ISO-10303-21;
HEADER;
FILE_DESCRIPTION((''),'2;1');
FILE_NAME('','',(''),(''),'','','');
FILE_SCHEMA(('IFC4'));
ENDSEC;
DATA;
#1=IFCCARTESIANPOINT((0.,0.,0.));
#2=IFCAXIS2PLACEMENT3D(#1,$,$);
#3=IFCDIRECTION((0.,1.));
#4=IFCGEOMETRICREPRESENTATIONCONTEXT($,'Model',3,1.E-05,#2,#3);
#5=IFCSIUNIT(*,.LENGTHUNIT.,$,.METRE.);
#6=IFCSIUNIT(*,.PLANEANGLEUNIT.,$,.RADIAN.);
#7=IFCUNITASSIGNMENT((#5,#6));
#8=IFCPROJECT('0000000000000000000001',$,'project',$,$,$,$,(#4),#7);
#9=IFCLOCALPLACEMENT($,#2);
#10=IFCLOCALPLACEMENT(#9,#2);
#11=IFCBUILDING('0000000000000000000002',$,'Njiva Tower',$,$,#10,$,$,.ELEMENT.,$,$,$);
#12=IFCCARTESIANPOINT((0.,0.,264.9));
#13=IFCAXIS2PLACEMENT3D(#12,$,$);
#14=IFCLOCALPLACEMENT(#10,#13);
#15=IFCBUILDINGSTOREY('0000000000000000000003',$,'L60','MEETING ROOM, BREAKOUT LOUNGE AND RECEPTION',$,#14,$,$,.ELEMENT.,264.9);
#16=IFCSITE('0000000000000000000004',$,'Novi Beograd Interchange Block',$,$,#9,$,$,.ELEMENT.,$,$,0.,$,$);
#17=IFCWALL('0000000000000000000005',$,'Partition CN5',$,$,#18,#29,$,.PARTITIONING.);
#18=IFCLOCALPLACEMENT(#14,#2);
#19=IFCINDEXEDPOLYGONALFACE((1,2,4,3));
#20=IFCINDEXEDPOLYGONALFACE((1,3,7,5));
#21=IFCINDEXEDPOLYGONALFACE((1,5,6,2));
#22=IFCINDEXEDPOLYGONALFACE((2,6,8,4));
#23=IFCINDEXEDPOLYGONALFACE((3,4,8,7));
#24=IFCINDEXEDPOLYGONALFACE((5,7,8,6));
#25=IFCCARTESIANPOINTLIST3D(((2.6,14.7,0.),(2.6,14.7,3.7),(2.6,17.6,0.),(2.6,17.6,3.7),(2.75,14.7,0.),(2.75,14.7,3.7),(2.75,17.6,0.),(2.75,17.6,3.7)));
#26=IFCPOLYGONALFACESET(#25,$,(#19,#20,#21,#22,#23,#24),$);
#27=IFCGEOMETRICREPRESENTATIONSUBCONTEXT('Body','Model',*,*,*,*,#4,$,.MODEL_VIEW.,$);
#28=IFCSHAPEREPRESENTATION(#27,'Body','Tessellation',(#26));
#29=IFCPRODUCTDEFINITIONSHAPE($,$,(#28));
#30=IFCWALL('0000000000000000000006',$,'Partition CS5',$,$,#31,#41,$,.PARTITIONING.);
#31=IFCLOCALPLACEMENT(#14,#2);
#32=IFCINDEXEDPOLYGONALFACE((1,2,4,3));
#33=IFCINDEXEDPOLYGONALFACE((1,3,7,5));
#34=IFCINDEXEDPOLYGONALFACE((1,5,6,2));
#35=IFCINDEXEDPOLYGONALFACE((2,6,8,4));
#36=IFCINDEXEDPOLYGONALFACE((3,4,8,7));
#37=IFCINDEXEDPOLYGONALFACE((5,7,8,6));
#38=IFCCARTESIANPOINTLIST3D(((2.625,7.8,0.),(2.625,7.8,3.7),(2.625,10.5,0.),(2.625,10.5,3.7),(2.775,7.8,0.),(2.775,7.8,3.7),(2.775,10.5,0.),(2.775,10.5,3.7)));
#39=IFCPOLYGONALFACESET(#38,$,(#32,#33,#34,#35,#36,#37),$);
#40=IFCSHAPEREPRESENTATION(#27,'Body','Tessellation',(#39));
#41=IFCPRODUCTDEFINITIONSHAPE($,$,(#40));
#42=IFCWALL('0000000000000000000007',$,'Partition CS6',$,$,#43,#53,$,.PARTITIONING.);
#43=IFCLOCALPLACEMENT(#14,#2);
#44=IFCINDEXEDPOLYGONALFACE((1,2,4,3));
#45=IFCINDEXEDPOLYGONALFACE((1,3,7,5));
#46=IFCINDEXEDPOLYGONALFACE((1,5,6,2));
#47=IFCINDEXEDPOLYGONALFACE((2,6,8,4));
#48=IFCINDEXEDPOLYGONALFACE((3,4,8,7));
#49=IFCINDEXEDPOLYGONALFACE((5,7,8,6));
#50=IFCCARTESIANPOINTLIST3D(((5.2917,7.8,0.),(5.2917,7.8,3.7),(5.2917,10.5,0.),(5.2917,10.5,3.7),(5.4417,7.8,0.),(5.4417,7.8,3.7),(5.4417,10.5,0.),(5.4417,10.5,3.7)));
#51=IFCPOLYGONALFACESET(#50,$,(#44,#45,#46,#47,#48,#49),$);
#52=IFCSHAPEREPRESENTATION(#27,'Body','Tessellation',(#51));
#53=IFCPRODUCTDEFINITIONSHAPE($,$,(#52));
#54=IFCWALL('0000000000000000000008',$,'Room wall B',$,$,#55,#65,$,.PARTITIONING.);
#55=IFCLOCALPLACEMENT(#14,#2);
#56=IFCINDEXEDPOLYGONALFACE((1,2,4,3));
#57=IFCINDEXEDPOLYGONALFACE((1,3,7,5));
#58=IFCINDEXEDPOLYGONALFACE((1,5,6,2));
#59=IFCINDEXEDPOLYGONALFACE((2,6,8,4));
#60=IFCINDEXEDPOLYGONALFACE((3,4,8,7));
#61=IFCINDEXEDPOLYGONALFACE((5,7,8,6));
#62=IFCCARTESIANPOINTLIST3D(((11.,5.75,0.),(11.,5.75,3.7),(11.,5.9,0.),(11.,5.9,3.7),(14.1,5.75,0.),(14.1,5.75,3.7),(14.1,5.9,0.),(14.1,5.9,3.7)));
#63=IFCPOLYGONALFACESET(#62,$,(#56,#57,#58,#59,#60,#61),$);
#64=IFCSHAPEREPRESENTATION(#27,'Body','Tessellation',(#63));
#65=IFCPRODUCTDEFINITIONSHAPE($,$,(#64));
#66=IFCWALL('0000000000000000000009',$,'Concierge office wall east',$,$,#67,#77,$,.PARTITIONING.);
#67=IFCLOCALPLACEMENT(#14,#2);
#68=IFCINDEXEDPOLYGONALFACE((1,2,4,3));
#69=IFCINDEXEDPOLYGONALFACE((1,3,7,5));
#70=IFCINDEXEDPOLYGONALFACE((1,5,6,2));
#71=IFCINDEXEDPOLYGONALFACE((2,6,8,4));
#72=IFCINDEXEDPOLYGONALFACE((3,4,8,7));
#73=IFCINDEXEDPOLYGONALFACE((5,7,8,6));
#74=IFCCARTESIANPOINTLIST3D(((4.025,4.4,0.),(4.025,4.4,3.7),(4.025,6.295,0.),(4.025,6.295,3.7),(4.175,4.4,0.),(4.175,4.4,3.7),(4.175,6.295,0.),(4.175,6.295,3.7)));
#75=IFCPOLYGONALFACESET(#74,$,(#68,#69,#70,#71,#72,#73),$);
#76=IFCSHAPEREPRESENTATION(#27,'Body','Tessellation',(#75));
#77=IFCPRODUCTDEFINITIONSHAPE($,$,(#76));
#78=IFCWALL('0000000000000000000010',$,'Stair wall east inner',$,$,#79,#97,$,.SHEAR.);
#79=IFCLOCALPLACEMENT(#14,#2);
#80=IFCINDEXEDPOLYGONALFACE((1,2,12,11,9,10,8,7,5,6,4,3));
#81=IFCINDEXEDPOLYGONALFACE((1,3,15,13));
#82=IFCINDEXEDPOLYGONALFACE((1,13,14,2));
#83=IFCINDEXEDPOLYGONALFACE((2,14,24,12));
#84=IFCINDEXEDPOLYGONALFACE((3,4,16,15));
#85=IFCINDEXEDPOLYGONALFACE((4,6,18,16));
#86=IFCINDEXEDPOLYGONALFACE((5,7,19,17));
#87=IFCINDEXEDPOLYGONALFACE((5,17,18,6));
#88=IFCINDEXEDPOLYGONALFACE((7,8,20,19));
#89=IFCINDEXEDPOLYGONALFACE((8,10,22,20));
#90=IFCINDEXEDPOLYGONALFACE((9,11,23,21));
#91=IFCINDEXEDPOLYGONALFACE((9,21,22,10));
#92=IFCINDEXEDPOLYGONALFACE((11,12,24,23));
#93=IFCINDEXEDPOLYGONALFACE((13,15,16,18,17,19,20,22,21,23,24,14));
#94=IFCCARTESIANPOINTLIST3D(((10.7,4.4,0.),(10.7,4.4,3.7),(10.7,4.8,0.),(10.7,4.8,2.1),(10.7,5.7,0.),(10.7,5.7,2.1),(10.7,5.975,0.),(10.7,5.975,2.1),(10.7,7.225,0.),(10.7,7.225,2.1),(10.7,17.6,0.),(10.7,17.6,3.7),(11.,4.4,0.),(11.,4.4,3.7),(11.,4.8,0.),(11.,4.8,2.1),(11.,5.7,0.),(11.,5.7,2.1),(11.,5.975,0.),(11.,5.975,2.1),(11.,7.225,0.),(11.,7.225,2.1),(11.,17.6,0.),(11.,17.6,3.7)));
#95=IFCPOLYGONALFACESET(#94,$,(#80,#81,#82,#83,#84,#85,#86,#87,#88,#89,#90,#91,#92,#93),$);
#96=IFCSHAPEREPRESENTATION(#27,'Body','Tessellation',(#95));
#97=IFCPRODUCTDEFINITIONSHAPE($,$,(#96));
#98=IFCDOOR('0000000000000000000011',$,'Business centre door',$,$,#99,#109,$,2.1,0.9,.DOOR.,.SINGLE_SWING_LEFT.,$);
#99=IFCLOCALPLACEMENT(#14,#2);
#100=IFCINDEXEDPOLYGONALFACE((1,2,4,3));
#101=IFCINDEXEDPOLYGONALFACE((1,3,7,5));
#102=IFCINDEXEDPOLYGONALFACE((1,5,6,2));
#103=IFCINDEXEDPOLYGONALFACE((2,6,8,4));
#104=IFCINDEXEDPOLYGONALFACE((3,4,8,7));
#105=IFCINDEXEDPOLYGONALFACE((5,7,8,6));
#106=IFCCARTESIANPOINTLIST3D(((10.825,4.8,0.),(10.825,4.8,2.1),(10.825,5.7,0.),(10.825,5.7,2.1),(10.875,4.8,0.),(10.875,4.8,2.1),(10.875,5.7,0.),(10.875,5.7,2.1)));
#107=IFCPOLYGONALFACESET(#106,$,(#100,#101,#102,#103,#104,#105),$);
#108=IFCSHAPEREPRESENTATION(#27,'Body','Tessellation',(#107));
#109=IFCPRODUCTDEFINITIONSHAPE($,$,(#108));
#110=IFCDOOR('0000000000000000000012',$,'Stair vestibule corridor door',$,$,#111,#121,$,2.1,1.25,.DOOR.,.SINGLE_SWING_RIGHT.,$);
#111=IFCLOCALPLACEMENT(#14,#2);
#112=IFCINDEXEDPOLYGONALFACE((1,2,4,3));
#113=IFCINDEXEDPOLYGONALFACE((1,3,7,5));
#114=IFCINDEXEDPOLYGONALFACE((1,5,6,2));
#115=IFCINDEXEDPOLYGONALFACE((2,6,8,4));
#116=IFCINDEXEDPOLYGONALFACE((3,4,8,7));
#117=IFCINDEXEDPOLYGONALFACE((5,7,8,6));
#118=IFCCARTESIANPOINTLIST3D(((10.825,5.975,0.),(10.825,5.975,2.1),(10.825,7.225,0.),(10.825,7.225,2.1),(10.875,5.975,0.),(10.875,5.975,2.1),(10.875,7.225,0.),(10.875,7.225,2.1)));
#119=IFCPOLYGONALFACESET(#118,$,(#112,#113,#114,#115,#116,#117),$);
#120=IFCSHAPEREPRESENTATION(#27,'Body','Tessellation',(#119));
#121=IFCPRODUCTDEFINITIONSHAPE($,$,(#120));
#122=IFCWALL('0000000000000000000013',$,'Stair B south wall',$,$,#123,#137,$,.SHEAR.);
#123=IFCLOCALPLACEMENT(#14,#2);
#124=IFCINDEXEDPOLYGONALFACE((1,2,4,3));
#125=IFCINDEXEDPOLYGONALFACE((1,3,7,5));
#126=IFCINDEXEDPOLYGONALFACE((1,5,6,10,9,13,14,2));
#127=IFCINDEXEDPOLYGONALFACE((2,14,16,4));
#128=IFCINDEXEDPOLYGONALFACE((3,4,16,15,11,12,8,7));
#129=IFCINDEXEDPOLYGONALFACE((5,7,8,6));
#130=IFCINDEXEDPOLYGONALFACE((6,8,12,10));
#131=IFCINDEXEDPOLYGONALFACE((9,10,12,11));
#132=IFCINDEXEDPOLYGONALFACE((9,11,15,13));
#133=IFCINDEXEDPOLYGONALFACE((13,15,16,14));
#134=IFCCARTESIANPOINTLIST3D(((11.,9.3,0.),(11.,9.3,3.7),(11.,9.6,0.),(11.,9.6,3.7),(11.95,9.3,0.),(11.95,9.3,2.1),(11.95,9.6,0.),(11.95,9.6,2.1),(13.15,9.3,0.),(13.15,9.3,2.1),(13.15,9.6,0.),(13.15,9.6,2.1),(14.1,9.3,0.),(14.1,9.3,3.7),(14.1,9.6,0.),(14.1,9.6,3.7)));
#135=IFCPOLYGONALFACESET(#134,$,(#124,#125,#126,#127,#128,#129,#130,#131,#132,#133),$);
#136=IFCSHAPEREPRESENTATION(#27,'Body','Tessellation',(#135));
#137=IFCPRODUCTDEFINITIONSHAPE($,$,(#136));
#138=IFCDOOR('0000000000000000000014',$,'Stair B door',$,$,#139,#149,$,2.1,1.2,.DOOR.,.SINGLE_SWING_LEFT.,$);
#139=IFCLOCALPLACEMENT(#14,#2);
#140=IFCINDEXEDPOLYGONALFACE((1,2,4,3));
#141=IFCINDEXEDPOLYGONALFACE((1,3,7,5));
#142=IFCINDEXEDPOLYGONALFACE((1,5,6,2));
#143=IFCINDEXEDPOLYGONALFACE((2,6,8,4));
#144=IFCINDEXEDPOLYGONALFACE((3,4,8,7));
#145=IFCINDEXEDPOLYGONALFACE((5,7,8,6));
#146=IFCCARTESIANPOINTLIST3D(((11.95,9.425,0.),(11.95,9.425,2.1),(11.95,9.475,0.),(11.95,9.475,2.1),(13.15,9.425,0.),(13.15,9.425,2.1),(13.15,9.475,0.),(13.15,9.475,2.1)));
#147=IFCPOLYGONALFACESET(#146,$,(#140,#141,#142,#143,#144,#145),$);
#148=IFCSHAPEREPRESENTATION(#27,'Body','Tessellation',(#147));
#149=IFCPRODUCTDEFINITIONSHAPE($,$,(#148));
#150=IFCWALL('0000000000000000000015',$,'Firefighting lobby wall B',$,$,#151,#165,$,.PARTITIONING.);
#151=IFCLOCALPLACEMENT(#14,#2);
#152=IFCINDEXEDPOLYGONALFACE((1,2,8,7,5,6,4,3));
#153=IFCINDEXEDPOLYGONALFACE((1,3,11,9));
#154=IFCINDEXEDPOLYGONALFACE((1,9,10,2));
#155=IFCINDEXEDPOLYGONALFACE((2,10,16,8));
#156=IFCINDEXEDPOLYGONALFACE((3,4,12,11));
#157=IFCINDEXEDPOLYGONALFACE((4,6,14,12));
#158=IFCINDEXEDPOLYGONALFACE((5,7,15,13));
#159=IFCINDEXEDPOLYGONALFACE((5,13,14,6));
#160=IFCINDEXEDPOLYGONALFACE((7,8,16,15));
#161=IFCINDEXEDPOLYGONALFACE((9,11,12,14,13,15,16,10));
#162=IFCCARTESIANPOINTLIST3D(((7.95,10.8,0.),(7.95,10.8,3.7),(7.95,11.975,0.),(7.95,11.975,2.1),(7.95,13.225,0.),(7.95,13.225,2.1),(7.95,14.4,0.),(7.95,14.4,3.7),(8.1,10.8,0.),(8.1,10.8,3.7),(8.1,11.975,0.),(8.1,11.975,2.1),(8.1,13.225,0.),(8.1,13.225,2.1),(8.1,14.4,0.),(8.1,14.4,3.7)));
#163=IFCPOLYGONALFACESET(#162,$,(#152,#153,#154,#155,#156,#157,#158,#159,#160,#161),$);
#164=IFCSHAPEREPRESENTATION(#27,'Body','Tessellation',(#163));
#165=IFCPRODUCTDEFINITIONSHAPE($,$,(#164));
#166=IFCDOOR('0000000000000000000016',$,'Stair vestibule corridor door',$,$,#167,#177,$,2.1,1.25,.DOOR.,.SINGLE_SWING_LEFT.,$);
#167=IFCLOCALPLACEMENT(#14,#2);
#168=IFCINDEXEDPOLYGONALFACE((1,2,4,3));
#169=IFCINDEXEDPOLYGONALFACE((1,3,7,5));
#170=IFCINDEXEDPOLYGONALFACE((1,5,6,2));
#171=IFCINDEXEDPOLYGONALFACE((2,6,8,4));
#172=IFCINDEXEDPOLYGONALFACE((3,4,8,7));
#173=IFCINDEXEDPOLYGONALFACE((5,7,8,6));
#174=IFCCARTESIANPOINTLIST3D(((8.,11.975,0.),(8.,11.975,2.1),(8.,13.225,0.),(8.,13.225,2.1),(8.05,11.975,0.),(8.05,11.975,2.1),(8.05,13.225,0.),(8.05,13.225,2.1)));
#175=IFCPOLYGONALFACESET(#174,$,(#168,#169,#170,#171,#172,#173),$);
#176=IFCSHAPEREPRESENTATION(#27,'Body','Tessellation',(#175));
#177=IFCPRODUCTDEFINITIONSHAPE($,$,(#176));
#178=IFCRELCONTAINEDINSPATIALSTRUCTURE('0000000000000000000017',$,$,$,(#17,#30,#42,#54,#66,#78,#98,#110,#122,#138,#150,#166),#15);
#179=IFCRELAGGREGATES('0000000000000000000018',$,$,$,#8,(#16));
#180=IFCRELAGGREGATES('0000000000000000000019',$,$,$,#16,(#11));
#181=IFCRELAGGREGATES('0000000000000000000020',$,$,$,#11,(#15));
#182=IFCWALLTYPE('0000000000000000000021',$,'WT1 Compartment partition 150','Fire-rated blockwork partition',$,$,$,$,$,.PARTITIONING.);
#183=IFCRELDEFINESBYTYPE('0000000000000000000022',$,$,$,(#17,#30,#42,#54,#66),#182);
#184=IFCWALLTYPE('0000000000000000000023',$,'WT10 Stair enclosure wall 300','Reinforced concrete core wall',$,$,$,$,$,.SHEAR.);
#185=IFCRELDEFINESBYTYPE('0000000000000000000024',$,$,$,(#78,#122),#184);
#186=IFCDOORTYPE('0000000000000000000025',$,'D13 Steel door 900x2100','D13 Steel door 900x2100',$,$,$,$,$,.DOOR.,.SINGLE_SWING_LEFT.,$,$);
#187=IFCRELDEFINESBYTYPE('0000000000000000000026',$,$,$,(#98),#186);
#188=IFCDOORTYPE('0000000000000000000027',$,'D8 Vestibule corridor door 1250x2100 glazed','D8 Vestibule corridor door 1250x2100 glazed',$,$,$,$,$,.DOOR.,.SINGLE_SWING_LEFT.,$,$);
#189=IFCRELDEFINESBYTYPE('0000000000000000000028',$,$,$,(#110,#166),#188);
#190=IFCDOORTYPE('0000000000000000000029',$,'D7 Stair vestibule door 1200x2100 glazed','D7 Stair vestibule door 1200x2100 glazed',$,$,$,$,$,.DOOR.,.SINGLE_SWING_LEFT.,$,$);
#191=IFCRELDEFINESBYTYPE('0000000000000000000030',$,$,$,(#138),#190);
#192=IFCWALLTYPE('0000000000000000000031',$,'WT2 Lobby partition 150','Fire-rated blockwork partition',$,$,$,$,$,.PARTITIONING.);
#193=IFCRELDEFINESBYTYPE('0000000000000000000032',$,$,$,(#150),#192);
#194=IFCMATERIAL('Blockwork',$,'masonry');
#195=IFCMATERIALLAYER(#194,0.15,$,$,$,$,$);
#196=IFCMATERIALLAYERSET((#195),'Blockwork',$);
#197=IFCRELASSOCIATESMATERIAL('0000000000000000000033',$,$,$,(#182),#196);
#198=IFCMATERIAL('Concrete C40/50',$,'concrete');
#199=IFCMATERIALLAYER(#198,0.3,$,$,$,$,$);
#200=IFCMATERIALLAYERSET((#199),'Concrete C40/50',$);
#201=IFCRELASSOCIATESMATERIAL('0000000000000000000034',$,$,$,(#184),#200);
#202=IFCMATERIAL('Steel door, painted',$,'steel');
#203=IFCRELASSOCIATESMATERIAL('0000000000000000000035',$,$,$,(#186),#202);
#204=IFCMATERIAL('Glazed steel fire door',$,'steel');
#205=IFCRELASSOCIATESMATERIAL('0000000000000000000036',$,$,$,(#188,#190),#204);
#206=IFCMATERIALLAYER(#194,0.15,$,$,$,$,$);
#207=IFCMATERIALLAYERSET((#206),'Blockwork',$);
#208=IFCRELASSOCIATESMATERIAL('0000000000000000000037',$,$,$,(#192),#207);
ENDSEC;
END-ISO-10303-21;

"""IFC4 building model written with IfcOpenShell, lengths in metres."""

from ifc_helpers import new_model, si_unit, direction, frame, frame_2d, origin, place, context, subcontext, project, spatial, rectangle, extrude, material, layer, layer_set, type_object, element, fill, save


model = new_model("IFC4")

# Units and contexts
model_context = context("Model", 3, precision=1e-05, world=origin(), true_north=direction((0.0, 1.0)))
body_context = subcontext(model_context, "Body", "Model", "MODEL_VIEW")
ifc_project = project(units=[si_unit("LENGTHUNIT", "METRE"), si_unit("PLANEANGLEUNIT", "RADIAN")], contexts=[model_context])

# Site, building, storey
site_placement = place(None, origin())
site = spatial("IfcSite", under=ifc_project, at=site_placement, Name="Novi Beograd Interchange Block", CompositionType="ELEMENT", RefElevation=0.0)
building_placement = place(site_placement, origin())
building = spatial("IfcBuilding", under=site, at=building_placement, Name="Njiva Tower", CompositionType="ELEMENT")
storey_placement = place(building_placement, frame((0.0, 0.0, 264.9)))
storey = spatial("IfcBuildingStorey", under=building, at=storey_placement, Name="L60", Description="MEETING ROOM, BREAKOUT LOUNGE AND RECEPTION", CompositionType="ELEMENT", Elevation=264.9)

# Walls
ifc_material_1 = material(Name="Blockwork", Category="masonry")
ifc_layer_1 = layer(ifc_material_1, 0.15)
ifc_layer_set_1 = layer_set([ifc_layer_1], Name="Blockwork")
wall_type_1 = type_object("IfcWallType", Name="WT1 Compartment partition 150", Description="Fire-rated blockwork partition", PredefinedType="PARTITIONING", material=ifc_layer_set_1)
wall_1_placement = place(storey_placement, frame((2.675, 14.7, 0.0), z_axis=(0.0, 0.0, 1.0), x_axis=(0.0, 1.0, 0.0)))
element("IfcWall", 1, at=wall_1_placement, inside=storey, type_object=wall_type_1, Name="Partition CN5", PredefinedType="PARTITIONING", context=body_context, shape_type="SweptSolid", body=[
    extrude(rectangle(XDim=2.9, YDim=0.15, at=frame_2d((1.45, 0.0))), origin(), (0.0, 0.0, 1.0), 3.7),
])
for number, where, z_axis, x_axis, name in (
    (2, (2.7, 7.8, 0.0), (0.0, 0.0, 1.0), (0.0, 1.0, 0.0), "Partition CS5"),
    (3, (5.3667, 7.8, 0.0), (0.0, 0.0, 1.0), (0.0, 1.0, 0.0), "Partition CS6"),
):
    element("IfcWall", number, at=place(storey_placement, frame(where, z_axis=z_axis, x_axis=x_axis)), inside=storey, type_object=wall_type_1, Name=name, PredefinedType="PARTITIONING", context=body_context, shape_type="SweptSolid", body=[
        extrude(rectangle(XDim=2.7, YDim=0.15, at=frame_2d((1.35, 0.0))), origin(), (0.0, 0.0, 1.0), 3.7),
    ])
wall_2_placement = place(storey_placement, frame((11.0, 5.825, 0.0), z_axis=(0.0, 0.0, 1.0), x_axis=(1.0, 0.0, 0.0)))
element("IfcWall", 4, at=wall_2_placement, inside=storey, type_object=wall_type_1, Name="Room wall B", PredefinedType="PARTITIONING", context=body_context, shape_type="SweptSolid", body=[
    extrude(rectangle(XDim=3.1, YDim=0.15, at=frame_2d((1.55, 0.0))), origin(), (0.0, 0.0, 1.0), 3.7),
])
wall_3_placement = place(storey_placement, frame((4.1, 4.4, 0.0), z_axis=(0.0, 0.0, 1.0), x_axis=(0.0, 1.0, 0.0)))
element("IfcWall", 5, at=wall_3_placement, inside=storey, type_object=wall_type_1, Name="Concierge office wall east", PredefinedType="PARTITIONING", context=body_context, shape_type="SweptSolid", body=[
    extrude(rectangle(XDim=1.895, YDim=0.15, at=frame_2d((0.9475, 0.0))), origin(), (0.0, 0.0, 1.0), 3.7),
])

# Wall, openings, doors
ifc_material_2 = material(Name="Concrete C40/50", Category="concrete")
ifc_layer_2 = layer(ifc_material_2, 0.3)
ifc_layer_set_2 = layer_set([ifc_layer_2], Name="Concrete C40/50")
wall_type_2 = type_object("IfcWallType", Name="WT10 Stair enclosure wall 300", Description="Reinforced concrete core wall", PredefinedType="SHEAR", material=ifc_layer_set_2)
wall_4_placement = place(storey_placement, frame((10.85, 4.4, 0.0), z_axis=(0.0, 0.0, 1.0), x_axis=(0.0, 1.0, 0.0)))
wall_4 = element("IfcWall", 6, at=wall_4_placement, inside=storey, type_object=wall_type_2, Name="Stair wall east inner", PredefinedType="SHEAR", context=body_context, shape_type="SweptSolid", body=[
    extrude(rectangle(XDim=13.2, YDim=0.3, at=frame_2d((6.6, 0.0))), origin(), (0.0, 0.0, 1.0), 3.7),
])
opening_1_placement = place(wall_4_placement, frame((1.575, 0.0, 0.0)))
opening_1 = element("IfcOpeningElement", 7, at=opening_1_placement, cuts=wall_4, PredefinedType="OPENING", context=body_context, shape_type="SweptSolid", body=[
    extrude(rectangle(XDim=1.25, YDim=2.1, at=frame_2d((0.625, 1.05))), frame((0.0, 0.16, 0.0), z_axis=(0.0, -1.0, 0.0), x_axis=(1.0, 0.0, 0.0)), (0.0, 0.0, 1.0), 0.32),
])
opening_2_placement = place(wall_4_placement, frame((0.4, 0.0, 0.0)))
opening_2 = element("IfcOpeningElement", 8, at=opening_2_placement, cuts=wall_4, PredefinedType="OPENING", context=body_context, shape_type="SweptSolid", body=[
    extrude(rectangle(XDim=0.9, YDim=2.1, at=frame_2d((0.45, 1.05))), frame((0.0, 0.16, 0.0), z_axis=(0.0, -1.0, 0.0), x_axis=(1.0, 0.0, 0.0)), (0.0, 0.0, 1.0), 0.32),
])
ifc_material_3 = material(Name="Steel door, painted", Category="steel")
door_type_1 = type_object("IfcDoorType", Name="D13 Steel door 900x2100", Description="D13 Steel door 900x2100", OperationType="SINGLE_SWING_LEFT", PredefinedType="DOOR", material=ifc_material_3)
door_1_placement = place(opening_2_placement, origin())
door_1 = element("IfcDoor", 9, at=door_1_placement, inside=storey, type_object=door_type_1, Name="Business centre door", OperationType="SINGLE_SWING_LEFT", OverallHeight=2.1, OverallWidth=0.9, PredefinedType="DOOR", context=body_context, shape_type="SweptSolid", body=[
    extrude(rectangle(XDim=0.9, YDim=2.1, at=frame_2d((0.45, 1.05))), frame((0.0, 0.025, 0.0), z_axis=(0.0, -1.0, 0.0), x_axis=(1.0, 0.0, 0.0)), (0.0, 0.0, 1.0), 0.05),
])
fill(opening_2, door_1)
ifc_material_4 = material(Name="Glazed steel fire door", Category="steel")
door_type_2 = type_object("IfcDoorType", Name="D8 Vestibule corridor door 1250x2100 glazed", Description="D8 Vestibule corridor door 1250x2100 glazed", OperationType="SINGLE_SWING_LEFT", PredefinedType="DOOR", material=ifc_material_4)
door_2_placement = place(opening_1_placement, origin())
door_2 = element("IfcDoor", 10, at=door_2_placement, inside=storey, type_object=door_type_2, Name="Stair vestibule corridor door", OperationType="SINGLE_SWING_RIGHT", OverallHeight=2.1, OverallWidth=1.25, PredefinedType="DOOR", context=body_context, shape_type="SweptSolid", body=[
    extrude(rectangle(XDim=1.25, YDim=2.1, at=frame_2d((0.625, 1.05))), frame((0.0, 0.025, 0.0), z_axis=(0.0, -1.0, 0.0), x_axis=(1.0, 0.0, 0.0)), (0.0, 0.0, 1.0), 0.05),
])
fill(opening_1, door_2)

# Walls, openings, doors
wall_5_placement = place(storey_placement, frame((11.0, 9.45, 0.0), z_axis=(0.0, 0.0, 1.0), x_axis=(1.0, 0.0, 0.0)))
wall_5 = element("IfcWall", 11, at=wall_5_placement, inside=storey, type_object=wall_type_2, Name="Stair B south wall", PredefinedType="SHEAR", context=body_context, shape_type="SweptSolid", body=[
    extrude(rectangle(XDim=3.1, YDim=0.3, at=frame_2d((1.55, 0.0))), origin(), (0.0, 0.0, 1.0), 3.7),
])
opening_3_placement = place(wall_5_placement, frame((0.95, 0.0, 0.0)))
opening_3 = element("IfcOpeningElement", 12, at=opening_3_placement, cuts=wall_5, PredefinedType="OPENING", context=body_context, shape_type="SweptSolid", body=[
    extrude(rectangle(XDim=1.2, YDim=2.1, at=frame_2d((0.6, 1.05))), frame((0.0, 0.16, 0.0), z_axis=(0.0, -1.0, 0.0), x_axis=(1.0, 0.0, 0.0)), (0.0, 0.0, 1.0), 0.32),
])
door_type_3 = type_object("IfcDoorType", Name="D7 Stair vestibule door 1200x2100 glazed", Description="D7 Stair vestibule door 1200x2100 glazed", OperationType="SINGLE_SWING_LEFT", PredefinedType="DOOR", material=ifc_material_4)
door_3_placement = place(opening_3_placement, origin())
door_3 = element("IfcDoor", 13, at=door_3_placement, inside=storey, type_object=door_type_3, Name="Stair B door", OperationType="SINGLE_SWING_LEFT", OverallHeight=2.1, OverallWidth=1.2, PredefinedType="DOOR", context=body_context, shape_type="SweptSolid", body=[
    extrude(rectangle(XDim=1.2, YDim=2.1, at=frame_2d((0.6, 1.05))), frame((0.0, 0.025, 0.0), z_axis=(0.0, -1.0, 0.0), x_axis=(1.0, 0.0, 0.0)), (0.0, 0.0, 1.0), 0.05),
])
fill(opening_3, door_3)
ifc_layer_3 = layer(ifc_material_1, 0.15)
ifc_layer_set_3 = layer_set([ifc_layer_3], Name="Blockwork")
wall_type_3 = type_object("IfcWallType", Name="WT2 Lobby partition 150", Description="Fire-rated blockwork partition", PredefinedType="PARTITIONING", material=ifc_layer_set_3)
wall_6_placement = place(storey_placement, frame((8.025, 10.8, 0.0), z_axis=(0.0, 0.0, 1.0), x_axis=(0.0, 1.0, 0.0)))
wall_6 = element("IfcWall", 14, at=wall_6_placement, inside=storey, type_object=wall_type_3, Name="Firefighting lobby wall B", PredefinedType="PARTITIONING", context=body_context, shape_type="SweptSolid", body=[
    extrude(rectangle(XDim=3.6, YDim=0.15, at=frame_2d((1.8, 0.0))), origin(), (0.0, 0.0, 1.0), 3.7),
])
opening_4_placement = place(wall_6_placement, frame((1.175, 0.0, 0.0)))
opening_4 = element("IfcOpeningElement", 15, at=opening_4_placement, cuts=wall_6, PredefinedType="OPENING", context=body_context, shape_type="SweptSolid", body=[
    extrude(rectangle(XDim=1.25, YDim=2.1, at=frame_2d((0.625, 1.05))), frame((0.0, 0.085, 0.0), z_axis=(0.0, -1.0, 0.0), x_axis=(1.0, 0.0, 0.0)), (0.0, 0.0, 1.0), 0.17),
])
door_4_placement = place(opening_4_placement, origin())
door_4 = element("IfcDoor", 16, at=door_4_placement, inside=storey, type_object=door_type_2, Name="Stair vestibule corridor door", OperationType="SINGLE_SWING_LEFT", OverallHeight=2.1, OverallWidth=1.25, PredefinedType="DOOR", context=body_context, shape_type="SweptSolid", body=[
    extrude(rectangle(XDim=1.25, YDim=2.1, at=frame_2d((0.625, 1.05))), frame((0.0, 0.025, 0.0), z_axis=(0.0, -1.0, 0.0), x_axis=(1.0, 0.0, 0.0)), (0.0, 0.0, 1.0), 0.05),
])
fill(opening_4, door_4)

save(model, "model.ifc")
